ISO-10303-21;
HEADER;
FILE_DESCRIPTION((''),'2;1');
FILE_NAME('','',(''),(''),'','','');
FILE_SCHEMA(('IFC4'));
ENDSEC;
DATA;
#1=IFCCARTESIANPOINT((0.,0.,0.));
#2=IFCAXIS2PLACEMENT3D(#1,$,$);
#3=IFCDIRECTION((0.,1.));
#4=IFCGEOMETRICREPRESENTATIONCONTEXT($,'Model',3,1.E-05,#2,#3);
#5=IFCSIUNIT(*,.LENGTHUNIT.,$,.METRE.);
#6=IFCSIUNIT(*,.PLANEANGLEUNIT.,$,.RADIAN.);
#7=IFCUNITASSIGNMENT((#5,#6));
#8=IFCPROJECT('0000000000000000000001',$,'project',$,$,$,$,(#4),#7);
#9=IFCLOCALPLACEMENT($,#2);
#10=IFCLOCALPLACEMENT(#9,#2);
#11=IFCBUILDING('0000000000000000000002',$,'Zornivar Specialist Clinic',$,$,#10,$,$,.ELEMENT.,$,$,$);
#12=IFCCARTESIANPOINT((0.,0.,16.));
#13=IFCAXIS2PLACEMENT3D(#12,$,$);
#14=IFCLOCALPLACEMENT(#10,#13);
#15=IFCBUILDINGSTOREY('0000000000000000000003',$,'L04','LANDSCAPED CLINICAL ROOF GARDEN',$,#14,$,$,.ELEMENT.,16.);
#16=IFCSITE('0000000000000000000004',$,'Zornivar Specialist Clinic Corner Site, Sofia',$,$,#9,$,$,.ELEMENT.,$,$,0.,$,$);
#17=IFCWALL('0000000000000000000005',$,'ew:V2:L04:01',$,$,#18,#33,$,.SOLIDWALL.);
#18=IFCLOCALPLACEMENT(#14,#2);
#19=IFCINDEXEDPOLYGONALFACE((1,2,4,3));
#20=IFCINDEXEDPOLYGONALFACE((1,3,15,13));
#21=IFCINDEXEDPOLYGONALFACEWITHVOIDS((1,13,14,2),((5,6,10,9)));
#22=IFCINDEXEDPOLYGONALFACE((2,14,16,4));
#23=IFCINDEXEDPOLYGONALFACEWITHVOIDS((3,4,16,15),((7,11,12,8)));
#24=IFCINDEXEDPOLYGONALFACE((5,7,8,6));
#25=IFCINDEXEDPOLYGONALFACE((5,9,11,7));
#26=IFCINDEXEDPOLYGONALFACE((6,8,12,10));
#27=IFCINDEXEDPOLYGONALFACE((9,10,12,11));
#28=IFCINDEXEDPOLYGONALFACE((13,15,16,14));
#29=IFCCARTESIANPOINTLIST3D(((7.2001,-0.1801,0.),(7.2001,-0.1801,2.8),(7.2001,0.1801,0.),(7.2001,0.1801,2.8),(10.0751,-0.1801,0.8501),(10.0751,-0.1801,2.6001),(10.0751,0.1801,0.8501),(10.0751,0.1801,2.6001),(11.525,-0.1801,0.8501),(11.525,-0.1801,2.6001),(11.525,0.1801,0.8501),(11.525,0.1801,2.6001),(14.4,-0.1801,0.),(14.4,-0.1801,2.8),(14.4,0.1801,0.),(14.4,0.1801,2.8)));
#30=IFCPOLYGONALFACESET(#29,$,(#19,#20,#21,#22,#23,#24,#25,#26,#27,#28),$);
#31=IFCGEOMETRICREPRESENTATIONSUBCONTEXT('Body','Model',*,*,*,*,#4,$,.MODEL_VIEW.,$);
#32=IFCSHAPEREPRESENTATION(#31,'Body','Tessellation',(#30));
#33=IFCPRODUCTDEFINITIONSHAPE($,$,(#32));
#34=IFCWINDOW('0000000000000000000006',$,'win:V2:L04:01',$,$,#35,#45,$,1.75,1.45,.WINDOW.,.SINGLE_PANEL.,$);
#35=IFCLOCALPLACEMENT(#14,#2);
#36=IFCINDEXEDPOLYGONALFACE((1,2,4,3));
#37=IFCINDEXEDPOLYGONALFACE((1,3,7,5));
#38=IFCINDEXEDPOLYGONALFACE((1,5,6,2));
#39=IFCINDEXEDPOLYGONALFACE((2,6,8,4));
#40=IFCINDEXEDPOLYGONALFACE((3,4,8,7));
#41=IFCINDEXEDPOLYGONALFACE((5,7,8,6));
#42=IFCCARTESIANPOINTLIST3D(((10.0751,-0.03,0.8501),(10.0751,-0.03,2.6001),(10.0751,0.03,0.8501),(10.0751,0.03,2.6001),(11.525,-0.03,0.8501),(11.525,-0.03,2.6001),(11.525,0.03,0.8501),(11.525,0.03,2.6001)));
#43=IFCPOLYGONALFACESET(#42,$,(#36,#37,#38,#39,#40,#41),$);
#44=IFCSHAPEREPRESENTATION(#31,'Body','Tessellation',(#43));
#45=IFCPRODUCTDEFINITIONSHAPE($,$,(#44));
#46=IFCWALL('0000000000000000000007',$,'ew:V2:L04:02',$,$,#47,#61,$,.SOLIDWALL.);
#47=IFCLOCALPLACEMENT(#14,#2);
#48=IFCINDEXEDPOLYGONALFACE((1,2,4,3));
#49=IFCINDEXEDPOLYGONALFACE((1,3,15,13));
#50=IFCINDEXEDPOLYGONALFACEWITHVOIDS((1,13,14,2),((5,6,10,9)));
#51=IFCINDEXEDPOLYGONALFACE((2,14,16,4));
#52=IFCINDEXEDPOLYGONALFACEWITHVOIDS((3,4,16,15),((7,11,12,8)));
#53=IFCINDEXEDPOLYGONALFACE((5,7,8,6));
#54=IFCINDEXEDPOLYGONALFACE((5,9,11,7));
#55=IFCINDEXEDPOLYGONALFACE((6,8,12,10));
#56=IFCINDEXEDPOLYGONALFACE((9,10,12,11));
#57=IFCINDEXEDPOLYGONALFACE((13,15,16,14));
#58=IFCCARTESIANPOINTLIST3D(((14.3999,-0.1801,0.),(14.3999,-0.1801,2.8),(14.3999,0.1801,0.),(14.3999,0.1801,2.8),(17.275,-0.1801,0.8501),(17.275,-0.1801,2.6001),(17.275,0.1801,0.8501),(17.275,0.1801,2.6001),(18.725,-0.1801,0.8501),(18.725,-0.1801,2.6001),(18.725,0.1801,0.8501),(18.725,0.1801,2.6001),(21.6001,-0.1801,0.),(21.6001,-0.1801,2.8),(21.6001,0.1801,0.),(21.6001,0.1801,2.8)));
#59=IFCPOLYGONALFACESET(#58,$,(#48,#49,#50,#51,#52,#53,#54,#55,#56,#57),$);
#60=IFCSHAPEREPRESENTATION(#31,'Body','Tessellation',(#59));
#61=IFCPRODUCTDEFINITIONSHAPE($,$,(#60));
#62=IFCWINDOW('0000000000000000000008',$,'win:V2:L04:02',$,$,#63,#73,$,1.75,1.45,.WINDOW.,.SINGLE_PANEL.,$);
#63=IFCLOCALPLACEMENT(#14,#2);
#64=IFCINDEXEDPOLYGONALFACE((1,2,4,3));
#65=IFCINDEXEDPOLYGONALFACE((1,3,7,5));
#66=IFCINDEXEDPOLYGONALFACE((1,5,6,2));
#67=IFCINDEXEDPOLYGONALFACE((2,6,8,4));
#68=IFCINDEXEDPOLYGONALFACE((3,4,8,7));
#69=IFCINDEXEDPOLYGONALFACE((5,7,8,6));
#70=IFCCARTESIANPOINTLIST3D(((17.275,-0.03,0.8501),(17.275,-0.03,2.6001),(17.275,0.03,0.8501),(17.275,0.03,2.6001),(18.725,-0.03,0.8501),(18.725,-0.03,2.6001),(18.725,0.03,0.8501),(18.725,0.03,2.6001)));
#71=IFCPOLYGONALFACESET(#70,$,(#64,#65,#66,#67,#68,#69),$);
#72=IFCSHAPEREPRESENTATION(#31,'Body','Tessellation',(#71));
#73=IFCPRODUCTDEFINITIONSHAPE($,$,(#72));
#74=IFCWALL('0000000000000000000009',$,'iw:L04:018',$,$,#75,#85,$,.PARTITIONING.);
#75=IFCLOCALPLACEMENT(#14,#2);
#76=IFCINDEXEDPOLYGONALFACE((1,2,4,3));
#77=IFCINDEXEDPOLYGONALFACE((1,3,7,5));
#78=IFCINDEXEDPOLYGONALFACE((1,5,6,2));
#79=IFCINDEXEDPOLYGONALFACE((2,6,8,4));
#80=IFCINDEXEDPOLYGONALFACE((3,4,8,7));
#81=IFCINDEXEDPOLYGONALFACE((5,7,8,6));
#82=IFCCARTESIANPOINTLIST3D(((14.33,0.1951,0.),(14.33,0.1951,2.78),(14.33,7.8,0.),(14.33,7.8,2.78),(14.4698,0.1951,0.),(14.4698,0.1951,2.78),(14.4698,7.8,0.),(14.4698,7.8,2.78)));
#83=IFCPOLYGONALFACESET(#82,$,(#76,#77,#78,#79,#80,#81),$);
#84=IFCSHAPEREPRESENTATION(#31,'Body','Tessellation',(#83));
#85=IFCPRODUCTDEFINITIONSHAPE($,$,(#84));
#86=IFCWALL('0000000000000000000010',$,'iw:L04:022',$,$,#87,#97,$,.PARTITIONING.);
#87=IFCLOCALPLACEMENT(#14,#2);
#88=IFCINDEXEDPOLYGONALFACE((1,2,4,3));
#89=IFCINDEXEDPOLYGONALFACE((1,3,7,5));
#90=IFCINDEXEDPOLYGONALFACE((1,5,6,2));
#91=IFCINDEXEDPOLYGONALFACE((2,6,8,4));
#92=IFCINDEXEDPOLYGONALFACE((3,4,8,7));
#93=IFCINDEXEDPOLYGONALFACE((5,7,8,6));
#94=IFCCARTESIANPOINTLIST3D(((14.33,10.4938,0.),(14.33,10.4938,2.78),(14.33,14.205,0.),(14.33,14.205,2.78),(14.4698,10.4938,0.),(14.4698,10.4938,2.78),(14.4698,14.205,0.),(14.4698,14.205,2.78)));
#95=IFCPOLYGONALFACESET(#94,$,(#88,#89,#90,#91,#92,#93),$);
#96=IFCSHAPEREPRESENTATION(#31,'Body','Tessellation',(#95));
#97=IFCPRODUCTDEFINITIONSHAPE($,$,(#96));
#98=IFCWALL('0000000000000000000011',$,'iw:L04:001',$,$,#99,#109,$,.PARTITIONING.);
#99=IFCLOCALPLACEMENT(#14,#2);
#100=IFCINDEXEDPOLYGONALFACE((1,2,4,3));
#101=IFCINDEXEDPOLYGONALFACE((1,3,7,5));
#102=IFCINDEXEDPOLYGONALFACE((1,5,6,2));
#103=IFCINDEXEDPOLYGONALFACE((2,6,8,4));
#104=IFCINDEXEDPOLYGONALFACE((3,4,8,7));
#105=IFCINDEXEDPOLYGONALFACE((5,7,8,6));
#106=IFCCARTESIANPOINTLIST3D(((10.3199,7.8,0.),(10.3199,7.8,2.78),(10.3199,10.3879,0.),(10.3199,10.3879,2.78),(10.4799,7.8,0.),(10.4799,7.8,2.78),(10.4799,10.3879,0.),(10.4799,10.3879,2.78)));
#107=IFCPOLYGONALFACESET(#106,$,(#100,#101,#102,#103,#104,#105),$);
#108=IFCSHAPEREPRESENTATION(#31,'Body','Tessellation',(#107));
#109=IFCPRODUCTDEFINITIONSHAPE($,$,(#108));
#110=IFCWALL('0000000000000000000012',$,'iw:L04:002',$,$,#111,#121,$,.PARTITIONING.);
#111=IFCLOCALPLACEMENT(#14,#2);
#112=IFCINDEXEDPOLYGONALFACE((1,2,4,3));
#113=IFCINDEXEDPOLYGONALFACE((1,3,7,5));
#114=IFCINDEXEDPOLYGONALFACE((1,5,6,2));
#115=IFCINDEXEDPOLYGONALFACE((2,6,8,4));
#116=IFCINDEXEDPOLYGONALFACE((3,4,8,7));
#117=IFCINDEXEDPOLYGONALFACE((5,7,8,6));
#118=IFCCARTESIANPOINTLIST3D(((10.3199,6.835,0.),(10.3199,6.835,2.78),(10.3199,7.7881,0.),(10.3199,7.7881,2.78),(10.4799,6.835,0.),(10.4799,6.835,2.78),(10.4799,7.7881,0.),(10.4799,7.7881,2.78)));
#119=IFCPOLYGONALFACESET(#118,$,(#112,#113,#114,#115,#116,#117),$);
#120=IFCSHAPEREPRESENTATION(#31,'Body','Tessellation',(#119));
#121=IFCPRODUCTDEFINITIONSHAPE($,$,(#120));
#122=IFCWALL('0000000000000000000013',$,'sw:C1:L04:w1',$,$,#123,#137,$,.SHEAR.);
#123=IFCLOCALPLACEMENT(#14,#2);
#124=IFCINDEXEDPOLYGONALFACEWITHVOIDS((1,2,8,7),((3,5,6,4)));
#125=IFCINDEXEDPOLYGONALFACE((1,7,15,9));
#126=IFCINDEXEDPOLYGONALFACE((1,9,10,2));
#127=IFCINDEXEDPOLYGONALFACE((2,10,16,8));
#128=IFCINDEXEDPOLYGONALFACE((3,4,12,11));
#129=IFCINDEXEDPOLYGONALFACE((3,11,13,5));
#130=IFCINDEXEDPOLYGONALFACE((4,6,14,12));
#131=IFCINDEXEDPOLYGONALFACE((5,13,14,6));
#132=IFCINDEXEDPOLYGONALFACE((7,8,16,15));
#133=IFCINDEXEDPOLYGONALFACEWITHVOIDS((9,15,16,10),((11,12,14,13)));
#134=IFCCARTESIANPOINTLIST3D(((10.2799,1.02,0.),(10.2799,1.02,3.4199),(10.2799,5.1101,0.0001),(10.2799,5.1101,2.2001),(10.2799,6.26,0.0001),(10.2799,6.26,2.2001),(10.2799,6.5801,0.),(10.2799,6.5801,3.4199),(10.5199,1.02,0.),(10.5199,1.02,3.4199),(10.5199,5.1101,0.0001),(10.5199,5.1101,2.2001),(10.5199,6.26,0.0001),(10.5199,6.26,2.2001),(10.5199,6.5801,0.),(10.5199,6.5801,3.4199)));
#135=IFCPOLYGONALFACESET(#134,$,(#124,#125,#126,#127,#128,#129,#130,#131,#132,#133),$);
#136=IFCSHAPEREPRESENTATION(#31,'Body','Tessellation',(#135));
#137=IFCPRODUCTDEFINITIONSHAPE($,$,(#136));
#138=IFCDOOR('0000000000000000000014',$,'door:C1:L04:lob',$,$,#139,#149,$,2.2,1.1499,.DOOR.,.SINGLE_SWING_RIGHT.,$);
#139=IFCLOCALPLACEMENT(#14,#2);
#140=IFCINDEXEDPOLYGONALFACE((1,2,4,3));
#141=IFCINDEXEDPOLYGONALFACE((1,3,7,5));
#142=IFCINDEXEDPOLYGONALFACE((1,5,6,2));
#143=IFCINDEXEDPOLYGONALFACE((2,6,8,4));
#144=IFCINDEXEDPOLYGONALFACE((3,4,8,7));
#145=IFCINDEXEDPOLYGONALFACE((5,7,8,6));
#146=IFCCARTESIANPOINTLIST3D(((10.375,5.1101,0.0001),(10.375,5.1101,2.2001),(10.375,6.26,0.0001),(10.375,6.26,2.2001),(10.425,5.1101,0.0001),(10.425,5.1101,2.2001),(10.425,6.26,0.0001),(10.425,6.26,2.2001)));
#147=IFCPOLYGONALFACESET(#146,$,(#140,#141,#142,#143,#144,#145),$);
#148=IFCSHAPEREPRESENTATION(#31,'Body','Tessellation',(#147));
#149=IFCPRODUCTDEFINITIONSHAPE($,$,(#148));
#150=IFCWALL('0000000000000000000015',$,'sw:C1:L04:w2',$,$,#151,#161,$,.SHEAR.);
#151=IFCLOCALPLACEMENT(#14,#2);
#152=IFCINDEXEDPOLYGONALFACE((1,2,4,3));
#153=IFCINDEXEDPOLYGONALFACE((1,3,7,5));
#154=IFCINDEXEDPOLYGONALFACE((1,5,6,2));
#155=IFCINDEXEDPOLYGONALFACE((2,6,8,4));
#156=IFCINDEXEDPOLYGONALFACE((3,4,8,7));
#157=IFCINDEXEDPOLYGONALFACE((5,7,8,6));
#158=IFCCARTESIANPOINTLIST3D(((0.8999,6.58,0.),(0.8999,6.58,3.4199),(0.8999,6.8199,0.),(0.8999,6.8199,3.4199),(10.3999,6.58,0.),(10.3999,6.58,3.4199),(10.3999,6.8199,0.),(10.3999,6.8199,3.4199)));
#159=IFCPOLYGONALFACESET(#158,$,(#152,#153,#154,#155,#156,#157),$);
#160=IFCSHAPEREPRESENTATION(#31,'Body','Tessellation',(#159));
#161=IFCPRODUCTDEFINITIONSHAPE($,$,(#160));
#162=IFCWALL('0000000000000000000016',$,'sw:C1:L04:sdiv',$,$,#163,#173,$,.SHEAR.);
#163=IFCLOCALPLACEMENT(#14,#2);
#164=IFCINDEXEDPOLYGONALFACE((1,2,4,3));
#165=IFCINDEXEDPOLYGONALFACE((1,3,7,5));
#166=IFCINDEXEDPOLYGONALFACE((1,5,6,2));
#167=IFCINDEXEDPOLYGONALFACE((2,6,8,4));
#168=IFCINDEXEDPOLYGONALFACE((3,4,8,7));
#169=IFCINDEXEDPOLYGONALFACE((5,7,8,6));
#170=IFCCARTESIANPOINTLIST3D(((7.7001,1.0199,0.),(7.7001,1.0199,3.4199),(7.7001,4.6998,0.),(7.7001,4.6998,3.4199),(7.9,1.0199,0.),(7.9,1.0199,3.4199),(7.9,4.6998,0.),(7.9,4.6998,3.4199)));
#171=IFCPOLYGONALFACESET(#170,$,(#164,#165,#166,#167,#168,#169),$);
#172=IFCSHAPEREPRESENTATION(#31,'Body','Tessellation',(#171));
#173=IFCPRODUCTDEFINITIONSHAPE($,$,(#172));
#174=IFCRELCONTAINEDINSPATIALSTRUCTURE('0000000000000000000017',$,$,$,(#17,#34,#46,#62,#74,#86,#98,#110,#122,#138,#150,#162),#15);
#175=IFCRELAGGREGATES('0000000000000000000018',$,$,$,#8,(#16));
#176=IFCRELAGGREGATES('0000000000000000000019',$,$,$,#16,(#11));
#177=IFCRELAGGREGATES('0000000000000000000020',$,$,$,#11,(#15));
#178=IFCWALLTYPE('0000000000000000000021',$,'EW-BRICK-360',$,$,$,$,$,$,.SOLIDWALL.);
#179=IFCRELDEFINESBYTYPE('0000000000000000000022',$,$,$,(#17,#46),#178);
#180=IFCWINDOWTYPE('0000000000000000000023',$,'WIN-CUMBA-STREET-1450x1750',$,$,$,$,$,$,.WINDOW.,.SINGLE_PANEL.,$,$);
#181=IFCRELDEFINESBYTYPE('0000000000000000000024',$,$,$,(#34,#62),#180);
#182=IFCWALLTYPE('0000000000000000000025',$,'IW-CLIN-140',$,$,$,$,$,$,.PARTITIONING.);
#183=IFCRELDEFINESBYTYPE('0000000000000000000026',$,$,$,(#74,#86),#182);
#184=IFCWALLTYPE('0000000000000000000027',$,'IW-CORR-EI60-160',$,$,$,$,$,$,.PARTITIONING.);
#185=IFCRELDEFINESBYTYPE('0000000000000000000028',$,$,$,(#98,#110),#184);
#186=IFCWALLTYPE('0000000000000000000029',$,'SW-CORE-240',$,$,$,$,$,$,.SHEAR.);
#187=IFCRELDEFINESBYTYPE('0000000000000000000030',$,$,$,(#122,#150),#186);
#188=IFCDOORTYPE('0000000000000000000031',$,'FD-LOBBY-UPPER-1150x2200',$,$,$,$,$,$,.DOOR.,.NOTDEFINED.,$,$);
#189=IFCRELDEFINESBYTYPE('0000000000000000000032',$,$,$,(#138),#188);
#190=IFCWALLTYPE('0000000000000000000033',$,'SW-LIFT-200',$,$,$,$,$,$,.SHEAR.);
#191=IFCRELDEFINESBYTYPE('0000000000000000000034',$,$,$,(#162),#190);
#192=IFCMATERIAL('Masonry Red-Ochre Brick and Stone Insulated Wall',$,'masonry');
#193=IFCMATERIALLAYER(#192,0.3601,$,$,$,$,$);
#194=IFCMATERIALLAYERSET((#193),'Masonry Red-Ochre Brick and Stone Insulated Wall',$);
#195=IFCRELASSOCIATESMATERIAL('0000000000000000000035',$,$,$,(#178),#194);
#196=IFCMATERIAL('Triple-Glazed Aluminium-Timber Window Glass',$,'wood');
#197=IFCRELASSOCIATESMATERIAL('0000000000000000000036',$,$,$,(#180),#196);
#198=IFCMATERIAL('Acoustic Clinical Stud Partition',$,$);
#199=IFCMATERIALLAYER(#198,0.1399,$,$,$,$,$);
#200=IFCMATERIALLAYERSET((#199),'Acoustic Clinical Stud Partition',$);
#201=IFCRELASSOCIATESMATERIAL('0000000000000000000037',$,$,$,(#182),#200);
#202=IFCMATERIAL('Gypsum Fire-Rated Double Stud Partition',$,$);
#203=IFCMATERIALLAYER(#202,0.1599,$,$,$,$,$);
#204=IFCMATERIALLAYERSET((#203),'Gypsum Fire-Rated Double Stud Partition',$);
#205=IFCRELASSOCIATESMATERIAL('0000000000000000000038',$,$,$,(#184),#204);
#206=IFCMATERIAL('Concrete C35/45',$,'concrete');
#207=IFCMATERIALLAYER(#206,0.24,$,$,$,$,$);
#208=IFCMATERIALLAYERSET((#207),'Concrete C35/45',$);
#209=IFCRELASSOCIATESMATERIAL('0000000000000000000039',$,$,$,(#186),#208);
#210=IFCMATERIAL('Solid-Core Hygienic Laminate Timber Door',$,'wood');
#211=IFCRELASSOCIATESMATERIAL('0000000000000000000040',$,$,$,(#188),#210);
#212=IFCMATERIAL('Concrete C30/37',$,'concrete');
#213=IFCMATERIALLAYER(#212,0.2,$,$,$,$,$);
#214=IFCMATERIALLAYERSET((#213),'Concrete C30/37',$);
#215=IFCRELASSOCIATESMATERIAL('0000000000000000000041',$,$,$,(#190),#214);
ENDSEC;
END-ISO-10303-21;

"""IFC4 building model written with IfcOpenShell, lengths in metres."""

from ifc_helpers import new_model, si_unit, direction, frame, frame_2d, origin, place, context, subcontext, project, spatial, rectangle, extrude, material, layer, layer_set, type_object, element, fill, save


model = new_model("IFC4")

# Units and contexts
model_context = context("Model", 3, precision=1e-05, world=origin(), true_north=direction((0.0, 1.0)))
body_context = subcontext(model_context, "Body", "Model", "MODEL_VIEW")
ifc_project = project(units=[si_unit("LENGTHUNIT", "METRE"), si_unit("PLANEANGLEUNIT", "RADIAN")], contexts=[model_context])

# Site, building, storey
site_placement = place(None, origin())
site = spatial("IfcSite", under=ifc_project, at=site_placement, Name="Zornivar Specialist Clinic Corner Site, Sofia", CompositionType="ELEMENT", RefElevation=0.0)
building_placement = place(site_placement, origin())
building = spatial("IfcBuilding", under=site, at=building_placement, Name="Zornivar Specialist Clinic", CompositionType="ELEMENT")
storey_placement = place(building_placement, frame((0.0, 0.0, 16.0)))
storey = spatial("IfcBuildingStorey", under=building, at=storey_placement, Name="L04", Description="LANDSCAPED CLINICAL ROOF GARDEN", CompositionType="ELEMENT", Elevation=16.0)

# Walls, openings, windows
ifc_material_1 = material(Name="Masonry Red-Ochre Brick and Stone Insulated Wall", Category="masonry")
ifc_layer_1 = layer(ifc_material_1, 0.3601)
ifc_layer_set_1 = layer_set([ifc_layer_1], Name="Masonry Red-Ochre Brick and Stone Insulated Wall")
wall_type_1 = type_object("IfcWallType", Name="EW-BRICK-360", PredefinedType="SOLIDWALL", material=ifc_layer_set_1)
wall_1_placement = place(storey_placement, frame((7.2, 0.0, 0.0), z_axis=(0.0, 0.0, 1.0), x_axis=(1.0, 0.0, 0.0)))
wall_1 = element("IfcWall", 1, at=wall_1_placement, inside=storey, type_object=wall_type_1, Name="ew:V2:L04:01", PredefinedType="SOLIDWALL", context=body_context, shape_type="SweptSolid", body=[
    extrude(rectangle(XDim=7.2, YDim=0.3601, at=frame_2d((3.6001, 0.0))), origin(), (0.0, 0.0, 1.0), 2.8),
])
opening_1_placement = place(wall_1_placement, frame((2.875, 0.0, 0.8501)))
opening_1 = element("IfcOpeningElement", 2, at=opening_1_placement, cuts=wall_1, PredefinedType="OPENING", context=body_context, shape_type="SweptSolid", body=[
    extrude(rectangle(XDim=1.45, YDim=1.75, at=frame_2d((0.7251, 0.875))), frame((0.0, 0.1899, 0.0), z_axis=(0.0, -1.0, 0.0), x_axis=(1.0, 0.0, 0.0)), (0.0, 0.0, 1.0), 0.3801),
])
ifc_material_2 = material(Name="Triple-Glazed Aluminium-Timber Window Glass", Category="wood")
window_type = type_object("IfcWindowType", Name="WIN-CUMBA-STREET-1450x1750", PartitioningType="SINGLE_PANEL", PredefinedType="WINDOW", material=ifc_material_2)
window_1_placement = place(opening_1_placement, origin())
window_1 = element("IfcWindow", 3, at=window_1_placement, inside=storey, type_object=window_type, Name="win:V2:L04:01", OverallHeight=1.75, OverallWidth=1.45, PartitioningType="SINGLE_PANEL", PredefinedType="WINDOW", context=body_context, shape_type="SweptSolid", body=[
    extrude(rectangle(XDim=1.45, YDim=1.75, at=frame_2d((0.7251, 0.875))), frame((0.0, 0.03, 0.0), z_axis=(0.0, -1.0, 0.0), x_axis=(1.0, 0.0, 0.0)), (0.0, 0.0, 1.0), 0.0601),
])
fill(opening_1, window_1)
wall_2_placement = place(storey_placement, frame((14.3999, 0.0, 0.0), z_axis=(0.0, 0.0, 1.0), x_axis=(1.0, 0.0, 0.0)))
wall_2 = element("IfcWall", 4, at=wall_2_placement, inside=storey, type_object=wall_type_1, Name="ew:V2:L04:02", PredefinedType="SOLIDWALL", context=body_context, shape_type="SweptSolid", body=[
    extrude(rectangle(XDim=7.2002, YDim=0.3601, at=frame_2d((3.6001, 0.0))), origin(), (0.0, 0.0, 1.0), 2.8),
])
opening_2_placement = place(wall_2_placement, frame((2.875, 0.0, 0.8501)))
opening_2 = element("IfcOpeningElement", 5, at=opening_2_placement, cuts=wall_2, PredefinedType="OPENING", context=body_context, shape_type="SweptSolid", body=[
    extrude(rectangle(XDim=1.45, YDim=1.75, at=frame_2d((0.7251, 0.875))), frame((0.0, 0.1899, 0.0), z_axis=(0.0, -1.0, 0.0), x_axis=(1.0, 0.0, 0.0)), (0.0, 0.0, 1.0), 0.3801),
])
window_2_placement = place(opening_2_placement, origin())
window_2 = element("IfcWindow", 6, at=window_2_placement, inside=storey, type_object=window_type, Name="win:V2:L04:02", OverallHeight=1.75, OverallWidth=1.45, PartitioningType="SINGLE_PANEL", PredefinedType="WINDOW", context=body_context, shape_type="SweptSolid", body=[
    extrude(rectangle(XDim=1.45, YDim=1.75, at=frame_2d((0.7251, 0.875))), frame((0.0, 0.03, 0.0), z_axis=(0.0, -1.0, 0.0), x_axis=(1.0, 0.0, 0.0)), (0.0, 0.0, 1.0), 0.0601),
])
fill(opening_2, window_2)

# Walls
ifc_material_3 = material(Name="Acoustic Clinical Stud Partition")
ifc_layer_2 = layer(ifc_material_3, 0.1399)
ifc_layer_set_2 = layer_set([ifc_layer_2], Name="Acoustic Clinical Stud Partition")
wall_type_2 = type_object("IfcWallType", Name="IW-CLIN-140", PredefinedType="PARTITIONING", material=ifc_layer_set_2)
wall_3_placement = place(storey_placement, frame((14.3999, 0.1951, 0.0), z_axis=(0.0, 0.0, 1.0), x_axis=(0.0, 1.0, 0.0)))
element("IfcWall", 7, at=wall_3_placement, inside=storey, type_object=wall_type_2, Name="iw:L04:018", PredefinedType="PARTITIONING", context=body_context, shape_type="SweptSolid", body=[
    extrude(rectangle(XDim=7.605, YDim=0.1399, at=frame_2d((3.8025, 0.0))), origin(), (0.0, 0.0, 1.0), 2.78),
])
wall_4_placement = place(storey_placement, frame((14.3999, 10.4939, 0.0), z_axis=(0.0, 0.0, 1.0), x_axis=(0.0, 1.0, 0.0)))
element("IfcWall", 8, at=wall_4_placement, inside=storey, type_object=wall_type_2, Name="iw:L04:022", PredefinedType="PARTITIONING", context=body_context, shape_type="SweptSolid", body=[
    extrude(rectangle(XDim=3.7112, YDim=0.1399, at=frame_2d((1.8555, 0.0))), origin(), (0.0, 0.0, 1.0), 2.78),
])
ifc_material_4 = material(Name="Gypsum Fire-Rated Double Stud Partition")
ifc_layer_3 = layer(ifc_material_4, 0.1599)
ifc_layer_set_3 = layer_set([ifc_layer_3], Name="Gypsum Fire-Rated Double Stud Partition")
wall_type_3 = type_object("IfcWallType", Name="IW-CORR-EI60-160", PredefinedType="PARTITIONING", material=ifc_layer_set_3)
wall_5_placement = place(storey_placement, frame((10.3999, 10.3879, 0.0), z_axis=(0.0, 0.0, 1.0), x_axis=(0.0, -1.0, 0.0)))
element("IfcWall", 9, at=wall_5_placement, inside=storey, type_object=wall_type_3, Name="iw:L04:001", PredefinedType="PARTITIONING", context=body_context, shape_type="SweptSolid", body=[
    extrude(rectangle(XDim=2.5879, YDim=0.1599, at=frame_2d((1.2939, 0.0))), origin(), (0.0, 0.0, 1.0), 2.78),
])
wall_6_placement = place(storey_placement, frame((10.3999, 7.7881, 0.0), z_axis=(0.0, 0.0, 1.0), x_axis=(0.0, -1.0, 0.0)))
element("IfcWall", 10, at=wall_6_placement, inside=storey, type_object=wall_type_3, Name="iw:L04:002", PredefinedType="PARTITIONING", context=body_context, shape_type="SweptSolid", body=[
    extrude(rectangle(XDim=0.9531, YDim=0.1599, at=frame_2d((0.4766, 0.0))), origin(), (0.0, 0.0, 1.0), 2.78),
])

# Wall, opening, door
ifc_material_5 = material(Name="Concrete C35/45", Category="concrete")
ifc_layer_4 = layer(ifc_material_5, 0.24)
ifc_layer_set_4 = layer_set([ifc_layer_4], Name="Concrete C35/45")
wall_type_4 = type_object("IfcWallType", Name="SW-CORE-240", PredefinedType="SHEAR", material=ifc_layer_set_4)
wall_7_placement = place(storey_placement, frame((10.3999, 1.02, 0.0), z_axis=(0.0, 0.0, 1.0), x_axis=(0.0, 1.0, 0.0)))
wall_7 = element("IfcWall", 11, at=wall_7_placement, inside=storey, type_object=wall_type_4, Name="sw:C1:L04:w1", PredefinedType="SHEAR", context=body_context, shape_type="SweptSolid", body=[
    extrude(rectangle(XDim=5.5601, YDim=0.24, at=frame_2d((2.78, 0.0))), origin(), (0.0, 0.0, 1.0), 3.4199),
])
opening_3_placement = place(wall_7_placement, frame((4.0901, 0.0, 0.0)))
opening_3 = element("IfcOpeningElement", 12, at=opening_3_placement, cuts=wall_7, PredefinedType="OPENING", context=body_context, shape_type="SweptSolid", body=[
    extrude(rectangle(XDim=1.1499, YDim=2.2, at=frame_2d((0.575, 1.1001))), frame((0.0, 0.1299, 0.0), z_axis=(0.0, -1.0, 0.0), x_axis=(1.0, 0.0, 0.0)), (0.0, 0.0, 1.0), 0.26),
])
ifc_material_6 = material(Name="Solid-Core Hygienic Laminate Timber Door", Category="wood")
door_type = type_object("IfcDoorType", Name="FD-LOBBY-UPPER-1150x2200", OperationType="NOTDEFINED", PredefinedType="DOOR", material=ifc_material_6)
door_placement = place(opening_3_placement, origin())
door = element("IfcDoor", 13, at=door_placement, inside=storey, type_object=door_type, Name="door:C1:L04:lob", OperationType="SINGLE_SWING_RIGHT", OverallHeight=2.2, OverallWidth=1.1499, PredefinedType="DOOR", context=body_context, shape_type="SweptSolid", body=[
    extrude(rectangle(XDim=1.1499, YDim=2.2, at=frame_2d((0.575, 1.1001))), frame((0.0, 0.0249, 0.0), z_axis=(0.0, -1.0, 0.0), x_axis=(1.0, 0.0, 0.0)), (0.0, 0.0, 1.0), 0.05),
])
fill(opening_3, door)

# Walls
wall_8_placement = place(storey_placement, frame((10.3999, 6.7, 0.0), z_axis=(0.0, 0.0, 1.0), x_axis=(-1.0, 0.0, 0.0)))
element("IfcWall", 14, at=wall_8_placement, inside=storey, type_object=wall_type_4, Name="sw:C1:L04:w2", PredefinedType="SHEAR", context=body_context, shape_type="SweptSolid", body=[
    extrude(rectangle(XDim=9.5, YDim=0.24, at=frame_2d((4.75, 0.0))), origin(), (0.0, 0.0, 1.0), 3.4199),
])
ifc_material_7 = material(Name="Concrete C30/37", Category="concrete")
ifc_layer_5 = layer(ifc_material_7, 0.2)
ifc_layer_set_5 = layer_set([ifc_layer_5], Name="Concrete C30/37")
wall_type_5 = type_object("IfcWallType", Name="SW-LIFT-200", PredefinedType="SHEAR", material=ifc_layer_set_5)
wall_9_placement = place(storey_placement, frame((7.8, 1.02, 0.0), z_axis=(0.0, 0.0, 1.0), x_axis=(0.0, 1.0, 0.0)))
element("IfcWall", 15, at=wall_9_placement, inside=storey, type_object=wall_type_5, Name="sw:C1:L04:sdiv", PredefinedType="SHEAR", context=body_context, shape_type="SweptSolid", body=[
    extrude(rectangle(XDim=3.6799, YDim=0.2, at=frame_2d((1.8398, 0.0))), origin(), (0.0, 0.0, 1.0), 3.4199),
])

save(model, "model.ifc")
